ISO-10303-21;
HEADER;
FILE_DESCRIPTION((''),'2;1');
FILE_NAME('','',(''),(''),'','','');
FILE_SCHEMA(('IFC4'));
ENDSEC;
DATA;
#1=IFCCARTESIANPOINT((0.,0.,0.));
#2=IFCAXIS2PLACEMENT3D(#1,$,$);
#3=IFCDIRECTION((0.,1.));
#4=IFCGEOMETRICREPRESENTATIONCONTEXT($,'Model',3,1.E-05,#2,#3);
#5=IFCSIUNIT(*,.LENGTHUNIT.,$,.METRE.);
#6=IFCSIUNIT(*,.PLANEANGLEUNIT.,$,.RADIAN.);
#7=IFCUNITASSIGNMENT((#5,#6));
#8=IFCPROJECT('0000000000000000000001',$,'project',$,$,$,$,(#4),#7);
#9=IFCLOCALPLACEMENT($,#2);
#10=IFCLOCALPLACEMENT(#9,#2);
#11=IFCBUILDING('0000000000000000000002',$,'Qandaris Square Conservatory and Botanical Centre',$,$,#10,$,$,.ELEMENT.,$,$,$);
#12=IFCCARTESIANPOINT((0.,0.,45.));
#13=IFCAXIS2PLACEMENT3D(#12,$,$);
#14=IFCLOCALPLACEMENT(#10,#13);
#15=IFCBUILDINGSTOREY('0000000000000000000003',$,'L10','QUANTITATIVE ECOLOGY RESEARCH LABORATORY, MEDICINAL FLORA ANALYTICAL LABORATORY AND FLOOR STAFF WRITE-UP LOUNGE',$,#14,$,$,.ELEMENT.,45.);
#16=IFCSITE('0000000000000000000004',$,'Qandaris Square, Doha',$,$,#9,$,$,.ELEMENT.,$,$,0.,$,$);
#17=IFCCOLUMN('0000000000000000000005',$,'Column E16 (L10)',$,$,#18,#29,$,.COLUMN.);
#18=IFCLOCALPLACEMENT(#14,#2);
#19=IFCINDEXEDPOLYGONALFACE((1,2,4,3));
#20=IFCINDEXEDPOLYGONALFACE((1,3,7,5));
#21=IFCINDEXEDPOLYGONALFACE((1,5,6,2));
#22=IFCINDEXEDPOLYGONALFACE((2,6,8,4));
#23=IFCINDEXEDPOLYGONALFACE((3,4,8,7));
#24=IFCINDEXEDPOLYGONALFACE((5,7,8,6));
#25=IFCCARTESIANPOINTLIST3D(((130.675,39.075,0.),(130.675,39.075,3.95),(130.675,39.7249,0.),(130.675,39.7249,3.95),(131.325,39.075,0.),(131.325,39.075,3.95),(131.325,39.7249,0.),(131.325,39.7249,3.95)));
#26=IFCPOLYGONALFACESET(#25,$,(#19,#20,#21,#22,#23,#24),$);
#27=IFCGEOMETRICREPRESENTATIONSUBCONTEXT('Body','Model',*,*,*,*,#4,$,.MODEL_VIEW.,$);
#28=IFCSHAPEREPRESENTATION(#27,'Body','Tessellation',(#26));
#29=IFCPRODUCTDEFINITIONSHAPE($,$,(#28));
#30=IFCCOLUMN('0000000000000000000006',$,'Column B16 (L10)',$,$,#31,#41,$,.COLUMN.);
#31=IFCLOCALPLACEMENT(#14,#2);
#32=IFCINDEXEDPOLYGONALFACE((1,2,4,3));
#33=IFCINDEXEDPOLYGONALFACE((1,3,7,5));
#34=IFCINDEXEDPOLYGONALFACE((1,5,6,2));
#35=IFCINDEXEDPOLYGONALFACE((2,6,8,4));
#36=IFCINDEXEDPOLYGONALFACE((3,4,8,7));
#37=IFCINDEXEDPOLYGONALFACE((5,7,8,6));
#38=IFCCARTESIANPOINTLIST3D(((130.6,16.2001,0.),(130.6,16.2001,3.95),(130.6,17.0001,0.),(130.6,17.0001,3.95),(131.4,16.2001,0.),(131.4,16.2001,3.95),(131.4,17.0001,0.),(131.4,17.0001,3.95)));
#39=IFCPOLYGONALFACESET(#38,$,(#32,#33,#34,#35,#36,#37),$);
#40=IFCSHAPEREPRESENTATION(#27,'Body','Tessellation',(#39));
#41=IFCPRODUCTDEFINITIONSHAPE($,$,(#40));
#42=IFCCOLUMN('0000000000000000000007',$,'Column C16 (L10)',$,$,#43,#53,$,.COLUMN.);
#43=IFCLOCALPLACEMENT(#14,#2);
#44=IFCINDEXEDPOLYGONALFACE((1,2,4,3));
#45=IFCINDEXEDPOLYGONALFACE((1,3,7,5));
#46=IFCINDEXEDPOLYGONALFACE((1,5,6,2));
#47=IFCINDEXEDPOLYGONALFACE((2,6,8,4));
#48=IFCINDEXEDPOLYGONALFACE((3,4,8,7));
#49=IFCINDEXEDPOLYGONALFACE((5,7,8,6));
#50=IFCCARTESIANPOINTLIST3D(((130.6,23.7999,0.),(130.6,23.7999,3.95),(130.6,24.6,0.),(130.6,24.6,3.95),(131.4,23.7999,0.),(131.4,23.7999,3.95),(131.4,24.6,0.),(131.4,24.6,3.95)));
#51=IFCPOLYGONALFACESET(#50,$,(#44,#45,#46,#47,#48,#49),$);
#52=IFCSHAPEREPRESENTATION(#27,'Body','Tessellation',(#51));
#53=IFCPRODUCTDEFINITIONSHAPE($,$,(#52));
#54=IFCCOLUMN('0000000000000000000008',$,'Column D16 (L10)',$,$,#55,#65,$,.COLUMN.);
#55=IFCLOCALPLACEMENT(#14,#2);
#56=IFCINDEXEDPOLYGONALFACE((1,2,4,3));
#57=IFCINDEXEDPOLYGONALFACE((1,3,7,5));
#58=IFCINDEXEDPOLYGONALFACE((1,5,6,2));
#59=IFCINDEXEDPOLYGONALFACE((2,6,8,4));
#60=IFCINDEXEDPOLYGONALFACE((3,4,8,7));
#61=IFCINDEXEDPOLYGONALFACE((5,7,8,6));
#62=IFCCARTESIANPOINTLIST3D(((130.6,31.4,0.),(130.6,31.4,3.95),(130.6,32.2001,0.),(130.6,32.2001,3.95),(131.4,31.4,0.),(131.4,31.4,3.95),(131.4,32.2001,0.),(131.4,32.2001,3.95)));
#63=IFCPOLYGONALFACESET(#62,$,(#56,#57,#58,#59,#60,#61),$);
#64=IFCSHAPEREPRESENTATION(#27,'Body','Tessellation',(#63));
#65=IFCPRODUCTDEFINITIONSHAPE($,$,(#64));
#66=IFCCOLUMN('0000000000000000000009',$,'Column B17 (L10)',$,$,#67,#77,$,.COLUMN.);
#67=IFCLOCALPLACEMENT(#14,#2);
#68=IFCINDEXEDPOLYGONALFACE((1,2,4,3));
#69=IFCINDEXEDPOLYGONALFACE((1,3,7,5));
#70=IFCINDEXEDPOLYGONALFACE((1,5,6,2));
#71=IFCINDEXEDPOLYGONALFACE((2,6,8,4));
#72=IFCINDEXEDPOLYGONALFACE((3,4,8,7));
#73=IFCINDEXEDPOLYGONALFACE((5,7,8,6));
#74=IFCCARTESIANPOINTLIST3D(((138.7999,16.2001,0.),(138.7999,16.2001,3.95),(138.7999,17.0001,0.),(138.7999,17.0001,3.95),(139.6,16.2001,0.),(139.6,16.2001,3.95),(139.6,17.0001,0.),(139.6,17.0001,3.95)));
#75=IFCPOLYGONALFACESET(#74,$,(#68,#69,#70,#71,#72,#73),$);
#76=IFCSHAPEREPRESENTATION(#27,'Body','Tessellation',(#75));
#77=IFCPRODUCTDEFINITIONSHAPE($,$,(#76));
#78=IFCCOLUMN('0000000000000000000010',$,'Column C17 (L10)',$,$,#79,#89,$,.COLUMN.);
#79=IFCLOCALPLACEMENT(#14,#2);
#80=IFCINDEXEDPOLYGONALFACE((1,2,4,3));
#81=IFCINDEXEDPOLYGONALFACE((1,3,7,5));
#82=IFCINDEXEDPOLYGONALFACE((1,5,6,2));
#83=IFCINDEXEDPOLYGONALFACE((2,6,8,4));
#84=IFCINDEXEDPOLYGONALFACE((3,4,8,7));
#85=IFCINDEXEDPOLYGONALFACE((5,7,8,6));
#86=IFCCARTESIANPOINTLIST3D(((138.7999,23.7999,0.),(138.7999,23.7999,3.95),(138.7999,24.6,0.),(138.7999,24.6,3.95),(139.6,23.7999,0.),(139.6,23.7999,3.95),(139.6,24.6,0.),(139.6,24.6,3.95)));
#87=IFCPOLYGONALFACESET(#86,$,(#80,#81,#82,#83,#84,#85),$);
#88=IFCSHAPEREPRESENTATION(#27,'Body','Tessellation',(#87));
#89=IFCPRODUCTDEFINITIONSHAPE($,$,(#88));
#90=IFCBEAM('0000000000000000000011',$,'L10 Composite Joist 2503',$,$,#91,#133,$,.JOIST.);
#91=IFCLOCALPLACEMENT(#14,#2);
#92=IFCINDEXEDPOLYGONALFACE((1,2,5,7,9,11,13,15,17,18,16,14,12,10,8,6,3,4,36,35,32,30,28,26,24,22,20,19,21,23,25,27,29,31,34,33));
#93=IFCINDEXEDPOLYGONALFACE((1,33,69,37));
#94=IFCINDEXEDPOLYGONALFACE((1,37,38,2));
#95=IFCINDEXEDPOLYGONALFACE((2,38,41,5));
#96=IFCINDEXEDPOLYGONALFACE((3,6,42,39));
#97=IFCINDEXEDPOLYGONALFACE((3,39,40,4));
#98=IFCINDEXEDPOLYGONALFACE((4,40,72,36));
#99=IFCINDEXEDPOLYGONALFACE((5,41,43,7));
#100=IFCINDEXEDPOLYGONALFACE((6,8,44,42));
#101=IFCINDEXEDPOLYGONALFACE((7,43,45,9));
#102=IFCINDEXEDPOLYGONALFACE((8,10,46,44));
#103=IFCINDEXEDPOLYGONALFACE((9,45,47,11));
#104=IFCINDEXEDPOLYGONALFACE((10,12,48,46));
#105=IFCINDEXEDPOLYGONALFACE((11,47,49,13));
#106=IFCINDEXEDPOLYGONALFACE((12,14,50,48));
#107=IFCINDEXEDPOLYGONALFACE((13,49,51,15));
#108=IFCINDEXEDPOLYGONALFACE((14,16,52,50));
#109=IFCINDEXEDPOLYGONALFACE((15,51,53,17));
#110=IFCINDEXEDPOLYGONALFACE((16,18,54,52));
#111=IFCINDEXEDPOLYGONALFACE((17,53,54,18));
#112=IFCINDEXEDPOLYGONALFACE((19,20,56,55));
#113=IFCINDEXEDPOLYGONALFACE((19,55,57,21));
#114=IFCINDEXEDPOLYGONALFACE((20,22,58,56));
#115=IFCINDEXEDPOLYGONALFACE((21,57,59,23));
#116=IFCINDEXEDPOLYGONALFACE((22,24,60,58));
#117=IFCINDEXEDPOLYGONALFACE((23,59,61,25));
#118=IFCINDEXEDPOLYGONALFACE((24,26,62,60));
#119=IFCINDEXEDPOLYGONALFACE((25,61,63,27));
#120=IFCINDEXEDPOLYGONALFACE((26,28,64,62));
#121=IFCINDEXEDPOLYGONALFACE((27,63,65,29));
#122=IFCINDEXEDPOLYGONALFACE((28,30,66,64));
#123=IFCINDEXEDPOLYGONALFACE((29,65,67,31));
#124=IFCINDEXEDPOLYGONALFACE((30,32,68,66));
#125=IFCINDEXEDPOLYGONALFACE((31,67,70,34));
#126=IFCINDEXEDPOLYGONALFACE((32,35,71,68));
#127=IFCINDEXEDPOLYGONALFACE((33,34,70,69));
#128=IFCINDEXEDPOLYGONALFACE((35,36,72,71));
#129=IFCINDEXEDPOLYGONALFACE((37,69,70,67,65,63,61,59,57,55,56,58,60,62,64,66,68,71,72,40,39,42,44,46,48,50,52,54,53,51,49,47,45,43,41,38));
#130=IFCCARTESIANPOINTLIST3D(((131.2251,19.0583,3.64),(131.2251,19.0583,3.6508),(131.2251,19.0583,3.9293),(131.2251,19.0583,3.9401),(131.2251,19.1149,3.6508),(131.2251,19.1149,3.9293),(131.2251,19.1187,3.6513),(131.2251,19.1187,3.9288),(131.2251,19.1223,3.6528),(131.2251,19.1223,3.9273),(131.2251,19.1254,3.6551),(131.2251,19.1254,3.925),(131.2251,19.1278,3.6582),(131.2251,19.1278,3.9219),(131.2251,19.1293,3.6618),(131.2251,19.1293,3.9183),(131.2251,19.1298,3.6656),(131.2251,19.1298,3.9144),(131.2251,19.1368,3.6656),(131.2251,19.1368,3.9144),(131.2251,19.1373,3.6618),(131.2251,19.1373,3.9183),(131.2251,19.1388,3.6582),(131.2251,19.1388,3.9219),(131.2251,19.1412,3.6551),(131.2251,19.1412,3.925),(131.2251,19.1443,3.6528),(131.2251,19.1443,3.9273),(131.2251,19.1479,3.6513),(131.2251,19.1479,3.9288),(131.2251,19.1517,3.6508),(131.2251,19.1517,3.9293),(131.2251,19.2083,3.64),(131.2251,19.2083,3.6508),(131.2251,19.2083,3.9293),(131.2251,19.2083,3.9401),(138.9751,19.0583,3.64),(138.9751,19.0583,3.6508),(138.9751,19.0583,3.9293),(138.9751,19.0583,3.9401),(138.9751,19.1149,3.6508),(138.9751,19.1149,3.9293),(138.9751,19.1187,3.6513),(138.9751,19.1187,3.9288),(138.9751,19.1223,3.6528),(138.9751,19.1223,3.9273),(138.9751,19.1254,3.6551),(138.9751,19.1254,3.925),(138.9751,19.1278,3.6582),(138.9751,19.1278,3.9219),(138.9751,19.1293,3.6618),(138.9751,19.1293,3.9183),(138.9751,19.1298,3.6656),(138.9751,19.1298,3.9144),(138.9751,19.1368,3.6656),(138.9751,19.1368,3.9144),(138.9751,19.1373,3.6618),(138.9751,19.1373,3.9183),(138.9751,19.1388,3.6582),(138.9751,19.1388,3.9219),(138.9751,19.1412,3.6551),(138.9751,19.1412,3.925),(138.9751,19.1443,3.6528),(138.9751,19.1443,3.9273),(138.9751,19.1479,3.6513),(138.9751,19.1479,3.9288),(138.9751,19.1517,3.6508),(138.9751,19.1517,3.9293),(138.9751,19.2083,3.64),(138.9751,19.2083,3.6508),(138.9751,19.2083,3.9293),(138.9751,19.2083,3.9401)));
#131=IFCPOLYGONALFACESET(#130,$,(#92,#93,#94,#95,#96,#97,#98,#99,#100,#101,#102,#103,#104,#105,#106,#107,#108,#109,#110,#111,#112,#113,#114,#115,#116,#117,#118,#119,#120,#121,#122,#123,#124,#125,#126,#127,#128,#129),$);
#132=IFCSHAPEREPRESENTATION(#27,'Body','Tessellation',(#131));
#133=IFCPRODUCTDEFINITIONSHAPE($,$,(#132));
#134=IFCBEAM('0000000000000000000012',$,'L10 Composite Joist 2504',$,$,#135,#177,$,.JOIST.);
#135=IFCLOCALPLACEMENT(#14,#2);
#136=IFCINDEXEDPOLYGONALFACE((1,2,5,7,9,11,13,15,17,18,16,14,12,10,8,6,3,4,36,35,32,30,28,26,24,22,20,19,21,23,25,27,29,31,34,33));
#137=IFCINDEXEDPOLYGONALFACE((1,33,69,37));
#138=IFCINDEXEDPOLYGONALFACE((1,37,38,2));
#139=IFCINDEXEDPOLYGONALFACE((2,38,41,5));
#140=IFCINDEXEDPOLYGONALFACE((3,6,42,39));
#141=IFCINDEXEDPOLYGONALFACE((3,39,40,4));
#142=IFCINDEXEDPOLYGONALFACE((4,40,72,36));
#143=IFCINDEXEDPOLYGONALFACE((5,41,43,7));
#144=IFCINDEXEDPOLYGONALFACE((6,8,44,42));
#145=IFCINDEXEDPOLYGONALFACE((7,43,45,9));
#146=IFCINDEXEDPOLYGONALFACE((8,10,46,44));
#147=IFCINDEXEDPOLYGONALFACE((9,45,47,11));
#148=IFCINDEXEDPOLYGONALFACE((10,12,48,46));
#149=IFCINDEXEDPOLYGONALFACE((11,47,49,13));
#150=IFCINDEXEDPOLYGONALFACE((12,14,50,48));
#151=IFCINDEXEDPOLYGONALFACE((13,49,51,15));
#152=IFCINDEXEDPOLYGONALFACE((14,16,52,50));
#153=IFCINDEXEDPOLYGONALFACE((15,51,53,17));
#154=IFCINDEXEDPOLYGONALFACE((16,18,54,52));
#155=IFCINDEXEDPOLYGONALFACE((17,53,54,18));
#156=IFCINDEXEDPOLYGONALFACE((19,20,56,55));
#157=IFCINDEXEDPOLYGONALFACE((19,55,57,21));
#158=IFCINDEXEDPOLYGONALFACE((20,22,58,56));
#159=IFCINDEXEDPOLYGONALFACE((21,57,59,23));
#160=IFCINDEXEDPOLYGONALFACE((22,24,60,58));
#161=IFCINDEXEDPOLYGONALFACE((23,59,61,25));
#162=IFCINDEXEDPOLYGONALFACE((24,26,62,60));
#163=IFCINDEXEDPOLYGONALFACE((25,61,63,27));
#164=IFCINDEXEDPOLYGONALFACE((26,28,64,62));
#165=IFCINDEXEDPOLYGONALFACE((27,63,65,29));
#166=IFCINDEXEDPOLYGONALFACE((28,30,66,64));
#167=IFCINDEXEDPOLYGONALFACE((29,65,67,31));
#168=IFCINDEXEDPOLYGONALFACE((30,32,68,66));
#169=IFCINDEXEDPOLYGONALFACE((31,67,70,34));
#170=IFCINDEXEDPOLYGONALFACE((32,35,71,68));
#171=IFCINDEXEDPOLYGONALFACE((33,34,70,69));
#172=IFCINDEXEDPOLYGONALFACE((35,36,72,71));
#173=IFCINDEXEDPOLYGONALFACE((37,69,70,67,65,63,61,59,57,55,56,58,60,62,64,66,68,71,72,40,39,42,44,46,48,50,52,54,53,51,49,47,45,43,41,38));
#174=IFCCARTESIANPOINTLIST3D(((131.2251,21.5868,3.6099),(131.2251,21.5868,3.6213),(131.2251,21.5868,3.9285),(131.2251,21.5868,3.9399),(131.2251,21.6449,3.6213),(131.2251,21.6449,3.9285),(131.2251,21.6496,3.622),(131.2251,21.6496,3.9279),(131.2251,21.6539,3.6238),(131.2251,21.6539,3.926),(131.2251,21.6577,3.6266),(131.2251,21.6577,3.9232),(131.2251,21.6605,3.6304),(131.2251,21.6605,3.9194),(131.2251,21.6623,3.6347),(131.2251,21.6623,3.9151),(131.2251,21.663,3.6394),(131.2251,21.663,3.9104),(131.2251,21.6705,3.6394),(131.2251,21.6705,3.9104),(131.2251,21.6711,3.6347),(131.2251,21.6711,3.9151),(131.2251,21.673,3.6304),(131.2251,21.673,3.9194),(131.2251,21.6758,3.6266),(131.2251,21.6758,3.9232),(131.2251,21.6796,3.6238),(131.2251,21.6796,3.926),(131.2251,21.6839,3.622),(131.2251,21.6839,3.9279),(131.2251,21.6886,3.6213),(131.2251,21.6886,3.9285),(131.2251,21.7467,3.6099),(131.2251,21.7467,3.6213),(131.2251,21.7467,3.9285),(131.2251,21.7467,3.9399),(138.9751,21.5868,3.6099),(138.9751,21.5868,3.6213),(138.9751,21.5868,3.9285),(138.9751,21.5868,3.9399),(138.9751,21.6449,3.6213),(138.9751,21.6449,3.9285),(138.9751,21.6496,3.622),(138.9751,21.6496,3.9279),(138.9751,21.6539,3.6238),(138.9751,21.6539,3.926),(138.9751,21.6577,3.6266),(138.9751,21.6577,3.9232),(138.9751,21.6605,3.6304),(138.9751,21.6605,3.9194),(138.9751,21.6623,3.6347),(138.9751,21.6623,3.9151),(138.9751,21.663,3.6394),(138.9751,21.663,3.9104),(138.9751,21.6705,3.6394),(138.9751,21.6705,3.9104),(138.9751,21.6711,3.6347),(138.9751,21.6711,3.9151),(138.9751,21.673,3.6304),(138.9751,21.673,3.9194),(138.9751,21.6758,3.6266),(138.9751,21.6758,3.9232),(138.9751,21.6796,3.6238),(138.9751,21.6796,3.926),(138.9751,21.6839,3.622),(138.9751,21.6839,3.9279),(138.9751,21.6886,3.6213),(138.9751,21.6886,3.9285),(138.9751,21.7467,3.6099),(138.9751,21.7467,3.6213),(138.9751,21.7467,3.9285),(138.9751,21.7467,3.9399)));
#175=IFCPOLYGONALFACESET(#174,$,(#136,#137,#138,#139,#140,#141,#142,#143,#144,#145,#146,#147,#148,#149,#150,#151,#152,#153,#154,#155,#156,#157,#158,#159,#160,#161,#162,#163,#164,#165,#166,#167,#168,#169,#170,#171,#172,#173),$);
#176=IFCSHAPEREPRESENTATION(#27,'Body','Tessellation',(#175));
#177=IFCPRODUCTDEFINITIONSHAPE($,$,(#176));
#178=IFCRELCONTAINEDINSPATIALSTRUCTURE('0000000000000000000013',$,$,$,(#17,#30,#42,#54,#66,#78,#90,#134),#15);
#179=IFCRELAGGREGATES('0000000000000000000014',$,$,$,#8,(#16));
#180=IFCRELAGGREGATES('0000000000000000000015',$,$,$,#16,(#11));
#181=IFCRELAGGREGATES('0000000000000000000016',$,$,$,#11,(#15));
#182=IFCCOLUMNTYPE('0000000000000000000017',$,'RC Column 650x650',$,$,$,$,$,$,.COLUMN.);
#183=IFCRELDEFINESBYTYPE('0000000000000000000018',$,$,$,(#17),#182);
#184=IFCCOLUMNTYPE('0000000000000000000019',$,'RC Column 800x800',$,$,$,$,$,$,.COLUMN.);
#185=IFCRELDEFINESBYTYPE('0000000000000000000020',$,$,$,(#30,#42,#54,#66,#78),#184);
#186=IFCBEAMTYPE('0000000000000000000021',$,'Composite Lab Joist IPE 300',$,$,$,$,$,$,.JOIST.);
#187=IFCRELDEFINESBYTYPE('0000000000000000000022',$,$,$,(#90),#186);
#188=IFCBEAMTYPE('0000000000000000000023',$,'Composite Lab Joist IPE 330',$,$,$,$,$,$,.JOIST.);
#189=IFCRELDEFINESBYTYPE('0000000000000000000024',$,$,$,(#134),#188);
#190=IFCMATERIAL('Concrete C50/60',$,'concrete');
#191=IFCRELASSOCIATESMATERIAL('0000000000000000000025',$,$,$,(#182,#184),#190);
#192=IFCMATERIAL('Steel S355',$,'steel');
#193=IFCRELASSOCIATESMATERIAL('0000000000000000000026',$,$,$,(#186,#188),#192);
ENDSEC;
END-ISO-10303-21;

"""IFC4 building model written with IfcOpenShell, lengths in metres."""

from ifc_helpers import new_model, si_unit, direction, frame, origin, origin_2d, place, context, subcontext, project, spatial, rectangle, i_section, extrude, material, material_profile, profile_set, type_object, element, save


model = new_model("IFC4")

# Units and contexts
model_context = context("Model", 3, precision=1e-05, world=origin(), true_north=direction((0.0, 1.0)))
body_context = subcontext(model_context, "Body", "Model", "MODEL_VIEW")
ifc_project = project(units=[si_unit("LENGTHUNIT", "METRE"), si_unit("PLANEANGLEUNIT", "RADIAN")], contexts=[model_context])

# Site, building, storey
site_placement = place(None, origin())
site = spatial("IfcSite", under=ifc_project, at=site_placement, Name="Qandaris Square, Doha", CompositionType="ELEMENT", RefElevation=0.0)
building_placement = place(site_placement, origin())
building = spatial("IfcBuilding", under=site, at=building_placement, Name="Qandaris Square Conservatory and Botanical Centre", CompositionType="ELEMENT")
storey_placement = place(building_placement, frame((0.0, 0.0, 45.0)))
storey = spatial("IfcBuildingStorey", under=building, at=storey_placement, Name="L10", Description="QUANTITATIVE ECOLOGY RESEARCH LABORATORY, MEDICINAL FLORA ANALYTICAL LABORATORY AND FLOOR STAFF WRITE-UP LOUNGE", CompositionType="ELEMENT", Elevation=45.0)

# Columns
ifc_material_1 = material(Name="Concrete C50/60", Category="concrete")
ifc_material_profile_1 = material_profile(ifc_material_1, rectangle(XDim=0.6499, YDim=0.6499, at=origin_2d()), Name="RC-COL 650x650")
ifc_profile_set_1 = profile_set([ifc_material_profile_1], Name="Concrete C50/60")
column_type_1 = type_object("IfcColumnType", Name="RC Column 650x650", PredefinedType="COLUMN", material=ifc_profile_set_1)
column_placement = place(storey_placement, frame((131.0, 39.3999, 0.0), z_axis=(0.0, 0.0, 1.0), x_axis=(1.0, 0.0, 0.0)))
element("IfcColumn", 1, at=column_placement, inside=storey, type_object=column_type_1, Name="Column E16 (L10)", PredefinedType="COLUMN", context=body_context, shape_type="SweptSolid", body=[
    extrude(rectangle(XDim=0.6499, YDim=0.6499, at=origin_2d()), origin(), (0.0, 0.0, 1.0), 3.95),
])
ifc_material_profile_2 = material_profile(ifc_material_1, rectangle(XDim=0.8, YDim=0.8, at=origin_2d()), Name="RC-COL 800x800")
ifc_profile_set_2 = profile_set([ifc_material_profile_2], Name="Concrete C50/60")
column_type_2 = type_object("IfcColumnType", Name="RC Column 800x800", PredefinedType="COLUMN", material=ifc_profile_set_2)
for number, where, z_axis, x_axis, name in (
    (2, (131.0, 16.6001, 0.0), (0.0, 0.0, 1.0), (1.0, 0.0, 0.0), "Column B16 (L10)"),
    (3, (131.0, 24.2, 0.0), (0.0, 0.0, 1.0), (1.0, 0.0, 0.0), "Column C16 (L10)"),
    (4, (131.0, 31.8, 0.0), (0.0, 0.0, 1.0), (1.0, 0.0, 0.0), "Column D16 (L10)"),
    (5, (139.2, 16.6001, 0.0), (0.0, 0.0, 1.0), (1.0, 0.0, 0.0), "Column B17 (L10)"),
    (6, (139.2, 24.2, 0.0), (0.0, 0.0, 1.0), (1.0, 0.0, 0.0), "Column C17 (L10)"),
):
    element("IfcColumn", number, at=place(storey_placement, frame(where, z_axis=z_axis, x_axis=x_axis)), inside=storey, type_object=column_type_2, Name=name, PredefinedType="COLUMN", context=body_context, shape_type="SweptSolid", body=[
        extrude(rectangle(XDim=0.8, YDim=0.8, at=origin_2d()), origin(), (0.0, 0.0, 1.0), 3.95),
    ])

# Beams
ifc_material_2 = material(Name="Steel S355", Category="steel")
ifc_material_profile_3 = material_profile(ifc_material_2, i_section(OverallWidth=0.1499, OverallDepth=0.3, WebThickness=0.0071, FlangeThickness=0.0107, FilletRadius=0.0149, at=origin_2d()), Name="IPE 300")
ifc_profile_set_3 = profile_set([ifc_material_profile_3], Name="Steel S355")
beam_type_1 = type_object("IfcBeamType", Name="Composite Lab Joist IPE 300", PredefinedType="JOIST", material=ifc_profile_set_3)
beam_1_placement = place(storey_placement, frame((131.2251, 19.1333, 3.79), z_axis=(1.0, 0.0, 0.0), x_axis=(0.0, 1.0, 0.0)))
element("IfcBeam", 7, at=beam_1_placement, inside=storey, type_object=beam_type_1, Name="L10 Composite Joist 2503", PredefinedType="JOIST", context=body_context, shape_type="SweptSolid", body=[
    extrude(i_section(OverallWidth=0.1499, OverallDepth=0.3, WebThickness=0.0071, FlangeThickness=0.0107, FilletRadius=0.0149, at=origin_2d()), origin(), (0.0, 0.0, 1.0), 7.75),
])
ifc_material_profile_4 = material_profile(ifc_material_2, i_section(OverallWidth=0.1599, OverallDepth=0.3301, WebThickness=0.0076, FlangeThickness=0.0115, FilletRadius=0.0181, at=origin_2d()), Name="IPE 330")
ifc_profile_set_4 = profile_set([ifc_material_profile_4], Name="Steel S355")
beam_type_2 = type_object("IfcBeamType", Name="Composite Lab Joist IPE 330", PredefinedType="JOIST", material=ifc_profile_set_4)
for number, where, z_axis, x_axis, name in (
    (8, (131.2251, 21.6667, 3.7749), (1.0, 0.0, 0.0), (0.0, 1.0, 0.0), "L10 Composite Joist 2504"),
):
    element("IfcBeam", number, at=place(storey_placement, frame(where, z_axis=z_axis, x_axis=x_axis)), inside=storey, type_object=beam_type_2, Name=name, PredefinedType="JOIST", context=body_context, shape_type="SweptSolid", body=[
        extrude(i_section(OverallWidth=0.1599, OverallDepth=0.3301, WebThickness=0.0076, FlangeThickness=0.0115, FilletRadius=0.0181, at=origin_2d()), origin(), (0.0, 0.0, 1.0), 7.75),
    ])

save(model, "model.ifc")
